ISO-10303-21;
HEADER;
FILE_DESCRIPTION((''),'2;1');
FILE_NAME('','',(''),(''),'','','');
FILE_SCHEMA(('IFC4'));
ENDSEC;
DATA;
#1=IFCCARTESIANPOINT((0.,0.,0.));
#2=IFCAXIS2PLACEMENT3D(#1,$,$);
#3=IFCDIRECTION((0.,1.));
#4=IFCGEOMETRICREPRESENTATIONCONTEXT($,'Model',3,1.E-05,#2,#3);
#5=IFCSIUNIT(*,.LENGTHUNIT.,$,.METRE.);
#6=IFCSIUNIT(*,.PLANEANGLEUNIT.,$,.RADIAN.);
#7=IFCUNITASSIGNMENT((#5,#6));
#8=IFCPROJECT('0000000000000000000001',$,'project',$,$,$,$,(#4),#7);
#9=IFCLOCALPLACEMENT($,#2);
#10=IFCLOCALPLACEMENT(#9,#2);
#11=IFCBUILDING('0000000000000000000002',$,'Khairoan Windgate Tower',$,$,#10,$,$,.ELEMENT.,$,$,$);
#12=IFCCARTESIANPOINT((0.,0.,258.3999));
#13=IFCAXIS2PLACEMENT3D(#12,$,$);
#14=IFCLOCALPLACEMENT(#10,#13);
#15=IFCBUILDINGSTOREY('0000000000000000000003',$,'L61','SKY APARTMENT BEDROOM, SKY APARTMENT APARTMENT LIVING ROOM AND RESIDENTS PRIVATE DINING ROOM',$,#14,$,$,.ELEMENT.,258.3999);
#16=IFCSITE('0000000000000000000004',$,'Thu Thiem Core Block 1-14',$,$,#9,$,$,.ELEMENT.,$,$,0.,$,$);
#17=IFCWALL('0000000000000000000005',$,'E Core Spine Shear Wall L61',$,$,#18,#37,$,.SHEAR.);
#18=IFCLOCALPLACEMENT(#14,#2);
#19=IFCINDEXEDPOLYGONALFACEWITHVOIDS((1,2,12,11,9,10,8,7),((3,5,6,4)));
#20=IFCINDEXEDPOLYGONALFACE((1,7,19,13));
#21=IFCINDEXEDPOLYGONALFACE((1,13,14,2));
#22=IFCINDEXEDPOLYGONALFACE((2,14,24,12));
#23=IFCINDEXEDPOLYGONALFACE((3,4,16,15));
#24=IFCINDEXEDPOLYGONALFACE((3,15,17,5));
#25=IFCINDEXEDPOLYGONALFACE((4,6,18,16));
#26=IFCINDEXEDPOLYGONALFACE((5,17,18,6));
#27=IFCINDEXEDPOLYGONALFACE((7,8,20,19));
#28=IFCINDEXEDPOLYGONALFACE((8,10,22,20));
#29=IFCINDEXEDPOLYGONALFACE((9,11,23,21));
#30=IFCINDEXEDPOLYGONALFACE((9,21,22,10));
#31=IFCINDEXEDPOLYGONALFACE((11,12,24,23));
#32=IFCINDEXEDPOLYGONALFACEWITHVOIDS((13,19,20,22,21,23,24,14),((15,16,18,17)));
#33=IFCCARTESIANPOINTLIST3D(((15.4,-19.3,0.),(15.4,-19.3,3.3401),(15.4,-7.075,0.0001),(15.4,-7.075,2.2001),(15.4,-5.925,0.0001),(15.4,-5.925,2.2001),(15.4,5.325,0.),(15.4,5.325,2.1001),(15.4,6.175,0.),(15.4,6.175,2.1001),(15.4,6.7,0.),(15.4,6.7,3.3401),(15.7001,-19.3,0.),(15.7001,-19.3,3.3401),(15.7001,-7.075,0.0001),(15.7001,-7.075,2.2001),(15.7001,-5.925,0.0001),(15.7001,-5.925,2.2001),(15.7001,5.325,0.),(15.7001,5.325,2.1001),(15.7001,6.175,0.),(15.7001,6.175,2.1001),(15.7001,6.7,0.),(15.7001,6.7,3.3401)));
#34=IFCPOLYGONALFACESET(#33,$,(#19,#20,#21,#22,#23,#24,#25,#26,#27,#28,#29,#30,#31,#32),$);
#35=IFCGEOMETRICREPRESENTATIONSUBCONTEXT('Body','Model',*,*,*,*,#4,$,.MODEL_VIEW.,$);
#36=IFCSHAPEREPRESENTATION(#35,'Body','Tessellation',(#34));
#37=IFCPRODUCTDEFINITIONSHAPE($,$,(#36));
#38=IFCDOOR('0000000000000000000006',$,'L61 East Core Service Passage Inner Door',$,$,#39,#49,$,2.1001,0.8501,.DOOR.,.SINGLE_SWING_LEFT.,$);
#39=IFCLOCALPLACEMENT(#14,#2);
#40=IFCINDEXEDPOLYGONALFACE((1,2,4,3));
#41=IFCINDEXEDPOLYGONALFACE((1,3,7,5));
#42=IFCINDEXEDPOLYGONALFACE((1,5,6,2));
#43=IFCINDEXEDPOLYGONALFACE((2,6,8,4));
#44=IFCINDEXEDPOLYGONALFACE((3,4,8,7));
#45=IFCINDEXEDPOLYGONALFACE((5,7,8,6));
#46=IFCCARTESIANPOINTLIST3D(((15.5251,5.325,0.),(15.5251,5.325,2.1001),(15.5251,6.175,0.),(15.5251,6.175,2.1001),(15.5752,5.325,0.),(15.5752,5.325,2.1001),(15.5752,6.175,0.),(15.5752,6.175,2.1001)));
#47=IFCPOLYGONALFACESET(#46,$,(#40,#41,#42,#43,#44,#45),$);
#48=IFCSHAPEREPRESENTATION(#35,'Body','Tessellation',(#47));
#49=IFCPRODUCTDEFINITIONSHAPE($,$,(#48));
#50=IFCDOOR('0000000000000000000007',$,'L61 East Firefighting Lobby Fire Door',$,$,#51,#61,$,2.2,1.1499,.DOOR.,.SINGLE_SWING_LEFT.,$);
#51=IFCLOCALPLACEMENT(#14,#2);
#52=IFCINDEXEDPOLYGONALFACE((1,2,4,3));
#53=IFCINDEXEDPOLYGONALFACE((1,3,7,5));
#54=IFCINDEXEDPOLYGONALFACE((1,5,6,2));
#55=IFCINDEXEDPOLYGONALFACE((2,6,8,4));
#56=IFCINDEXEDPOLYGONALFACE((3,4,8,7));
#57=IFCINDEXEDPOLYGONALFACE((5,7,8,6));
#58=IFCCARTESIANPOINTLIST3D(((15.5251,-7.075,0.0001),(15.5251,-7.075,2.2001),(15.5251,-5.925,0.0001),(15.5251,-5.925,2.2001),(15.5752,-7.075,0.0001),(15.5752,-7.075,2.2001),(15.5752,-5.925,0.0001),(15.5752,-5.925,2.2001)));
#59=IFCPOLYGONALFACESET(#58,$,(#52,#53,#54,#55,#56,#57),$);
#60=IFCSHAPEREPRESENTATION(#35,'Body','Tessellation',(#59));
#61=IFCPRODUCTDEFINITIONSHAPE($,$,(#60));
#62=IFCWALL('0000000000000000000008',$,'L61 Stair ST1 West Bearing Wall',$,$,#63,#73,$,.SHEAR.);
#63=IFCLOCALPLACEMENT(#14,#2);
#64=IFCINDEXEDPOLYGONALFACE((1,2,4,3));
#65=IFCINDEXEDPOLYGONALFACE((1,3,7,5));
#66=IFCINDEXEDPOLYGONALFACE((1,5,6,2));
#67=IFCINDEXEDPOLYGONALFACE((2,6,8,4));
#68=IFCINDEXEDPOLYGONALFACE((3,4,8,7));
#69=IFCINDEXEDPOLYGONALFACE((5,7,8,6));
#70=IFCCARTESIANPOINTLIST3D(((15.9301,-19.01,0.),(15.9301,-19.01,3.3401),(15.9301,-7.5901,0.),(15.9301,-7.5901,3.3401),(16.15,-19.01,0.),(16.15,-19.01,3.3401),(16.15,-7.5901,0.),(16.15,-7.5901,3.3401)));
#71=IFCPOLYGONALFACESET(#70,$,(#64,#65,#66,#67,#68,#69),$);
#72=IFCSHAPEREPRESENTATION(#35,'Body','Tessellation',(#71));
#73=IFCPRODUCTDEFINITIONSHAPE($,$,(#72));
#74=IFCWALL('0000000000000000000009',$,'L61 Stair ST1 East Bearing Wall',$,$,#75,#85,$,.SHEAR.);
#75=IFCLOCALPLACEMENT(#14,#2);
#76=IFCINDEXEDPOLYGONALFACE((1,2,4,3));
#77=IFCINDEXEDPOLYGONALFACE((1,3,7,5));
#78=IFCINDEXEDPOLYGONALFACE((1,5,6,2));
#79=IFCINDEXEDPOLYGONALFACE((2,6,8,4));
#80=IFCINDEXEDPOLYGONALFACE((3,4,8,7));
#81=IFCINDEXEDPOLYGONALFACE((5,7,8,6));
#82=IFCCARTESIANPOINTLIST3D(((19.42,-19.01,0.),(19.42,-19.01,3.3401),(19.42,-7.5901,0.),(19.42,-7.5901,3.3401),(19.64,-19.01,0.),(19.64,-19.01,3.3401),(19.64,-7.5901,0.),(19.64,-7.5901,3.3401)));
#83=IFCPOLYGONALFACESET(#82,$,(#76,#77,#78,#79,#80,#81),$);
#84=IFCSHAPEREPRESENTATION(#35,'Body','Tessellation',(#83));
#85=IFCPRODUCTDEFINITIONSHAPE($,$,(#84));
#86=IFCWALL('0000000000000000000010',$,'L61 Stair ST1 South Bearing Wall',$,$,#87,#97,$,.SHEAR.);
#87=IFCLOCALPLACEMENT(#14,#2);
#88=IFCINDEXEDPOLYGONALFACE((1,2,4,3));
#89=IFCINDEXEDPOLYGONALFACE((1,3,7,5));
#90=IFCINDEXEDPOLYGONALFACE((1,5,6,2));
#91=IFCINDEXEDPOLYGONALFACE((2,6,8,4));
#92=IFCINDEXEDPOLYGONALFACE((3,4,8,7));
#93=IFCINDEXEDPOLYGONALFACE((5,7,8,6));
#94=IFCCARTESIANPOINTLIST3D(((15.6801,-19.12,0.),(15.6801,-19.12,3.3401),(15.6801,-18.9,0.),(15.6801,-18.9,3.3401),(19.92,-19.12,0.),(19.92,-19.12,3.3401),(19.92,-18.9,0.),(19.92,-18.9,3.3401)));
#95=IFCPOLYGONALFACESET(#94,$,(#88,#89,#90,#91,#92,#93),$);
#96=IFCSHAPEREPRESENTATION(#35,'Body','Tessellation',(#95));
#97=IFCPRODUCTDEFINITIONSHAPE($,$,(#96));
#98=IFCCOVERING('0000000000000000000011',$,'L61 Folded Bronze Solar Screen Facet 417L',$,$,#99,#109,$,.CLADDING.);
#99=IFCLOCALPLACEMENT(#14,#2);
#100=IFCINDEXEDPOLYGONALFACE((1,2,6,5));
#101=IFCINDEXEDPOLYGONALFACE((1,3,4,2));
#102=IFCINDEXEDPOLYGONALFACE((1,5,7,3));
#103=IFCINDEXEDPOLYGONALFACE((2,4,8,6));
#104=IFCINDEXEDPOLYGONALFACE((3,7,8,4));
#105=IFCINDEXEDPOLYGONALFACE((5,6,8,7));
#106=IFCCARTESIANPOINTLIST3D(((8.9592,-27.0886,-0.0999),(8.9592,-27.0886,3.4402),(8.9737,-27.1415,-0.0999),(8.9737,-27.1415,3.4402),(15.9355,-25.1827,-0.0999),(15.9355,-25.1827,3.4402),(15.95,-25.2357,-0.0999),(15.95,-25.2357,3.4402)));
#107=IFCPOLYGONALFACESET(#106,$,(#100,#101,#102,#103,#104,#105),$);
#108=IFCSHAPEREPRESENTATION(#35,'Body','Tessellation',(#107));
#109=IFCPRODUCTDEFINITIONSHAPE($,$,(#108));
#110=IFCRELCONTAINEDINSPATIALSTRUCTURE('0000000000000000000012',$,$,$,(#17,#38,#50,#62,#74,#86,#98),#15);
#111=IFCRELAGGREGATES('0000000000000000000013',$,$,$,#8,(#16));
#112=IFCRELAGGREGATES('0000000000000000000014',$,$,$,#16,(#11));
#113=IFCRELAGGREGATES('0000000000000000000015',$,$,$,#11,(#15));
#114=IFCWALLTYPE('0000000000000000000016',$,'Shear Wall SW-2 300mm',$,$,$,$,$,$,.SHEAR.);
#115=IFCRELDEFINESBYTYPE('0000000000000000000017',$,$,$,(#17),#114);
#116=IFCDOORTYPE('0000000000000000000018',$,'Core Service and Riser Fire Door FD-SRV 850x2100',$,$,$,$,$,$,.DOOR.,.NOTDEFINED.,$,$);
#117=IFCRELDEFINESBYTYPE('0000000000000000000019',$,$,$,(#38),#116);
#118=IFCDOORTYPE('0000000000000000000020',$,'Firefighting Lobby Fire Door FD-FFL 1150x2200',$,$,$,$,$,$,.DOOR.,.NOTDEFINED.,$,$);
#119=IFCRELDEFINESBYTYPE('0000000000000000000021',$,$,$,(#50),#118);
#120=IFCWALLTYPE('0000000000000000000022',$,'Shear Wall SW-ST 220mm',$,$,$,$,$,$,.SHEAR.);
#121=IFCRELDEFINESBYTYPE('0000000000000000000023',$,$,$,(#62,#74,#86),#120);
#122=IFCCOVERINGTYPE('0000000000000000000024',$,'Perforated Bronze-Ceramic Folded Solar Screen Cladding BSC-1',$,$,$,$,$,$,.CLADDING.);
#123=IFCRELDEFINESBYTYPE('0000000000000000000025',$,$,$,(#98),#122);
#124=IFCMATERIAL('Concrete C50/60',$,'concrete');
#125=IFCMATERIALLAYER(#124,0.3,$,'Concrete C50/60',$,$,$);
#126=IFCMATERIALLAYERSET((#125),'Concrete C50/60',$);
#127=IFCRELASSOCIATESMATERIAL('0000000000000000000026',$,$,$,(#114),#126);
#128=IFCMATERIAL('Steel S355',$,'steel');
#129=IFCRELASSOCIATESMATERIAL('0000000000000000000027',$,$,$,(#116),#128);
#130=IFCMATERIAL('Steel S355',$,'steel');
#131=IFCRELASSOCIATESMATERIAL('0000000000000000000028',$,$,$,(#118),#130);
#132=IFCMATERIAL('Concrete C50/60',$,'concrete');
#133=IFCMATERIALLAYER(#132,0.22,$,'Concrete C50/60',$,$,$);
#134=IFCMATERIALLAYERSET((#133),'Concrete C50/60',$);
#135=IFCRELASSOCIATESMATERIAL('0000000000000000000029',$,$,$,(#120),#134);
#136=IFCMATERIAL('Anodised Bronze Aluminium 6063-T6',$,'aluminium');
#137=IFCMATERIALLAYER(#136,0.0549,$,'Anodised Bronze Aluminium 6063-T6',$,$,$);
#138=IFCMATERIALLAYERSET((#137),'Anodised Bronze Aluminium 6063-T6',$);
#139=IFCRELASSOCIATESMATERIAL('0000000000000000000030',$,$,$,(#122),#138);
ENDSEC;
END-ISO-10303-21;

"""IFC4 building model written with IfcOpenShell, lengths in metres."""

from ifc_helpers import new_model, si_unit, direction, frame, frame_2d, origin, origin_2d, place, context, subcontext, project, spatial, rectangle, extrude, material, layer, layer_set, type_object, element, fill, save


model = new_model("IFC4")

# Units and contexts
model_context = context("Model", 3, precision=1e-05, world=origin(), true_north=direction((0.0, 1.0)))
body_context = subcontext(model_context, "Body", "Model", "MODEL_VIEW")
ifc_project = project(units=[si_unit("LENGTHUNIT", "METRE"), si_unit("PLANEANGLEUNIT", "RADIAN")], contexts=[model_context])

# Site, building, storey
site_placement = place(None, origin())
site = spatial("IfcSite", under=ifc_project, at=site_placement, Name="Thu Thiem Core Block 1-14", CompositionType="ELEMENT", RefElevation=0.0)
building_placement = place(site_placement, origin())
building = spatial("IfcBuilding", under=site, at=building_placement, Name="Khairoan Windgate Tower", CompositionType="ELEMENT")
storey_placement = place(building_placement, frame((0.0, 0.0, 258.3999)))
storey = spatial("IfcBuildingStorey", under=building, at=storey_placement, Name="L61", Description="SKY APARTMENT BEDROOM, SKY APARTMENT APARTMENT LIVING ROOM AND RESIDENTS PRIVATE DINING ROOM", CompositionType="ELEMENT", Elevation=258.3999)

# Wall, openings, doors
ifc_material_1 = material(Name="Concrete C50/60", Category="concrete")
ifc_layer_1 = layer(ifc_material_1, 0.3, Name="Concrete C50/60")
ifc_layer_set_1 = layer_set([ifc_layer_1], Name="Concrete C50/60")
wall_type_1 = type_object("IfcWallType", Name="Shear Wall SW-2 300mm", PredefinedType="SHEAR", material=ifc_layer_set_1)
wall_1_placement = place(storey_placement, frame((15.55, -19.3, 0.0), z_axis=(0.0, 0.0, 1.0), x_axis=(0.0, 1.0, 0.0)))
wall_1 = element("IfcWall", 1, at=wall_1_placement, inside=storey, type_object=wall_type_1, Name="E Core Spine Shear Wall L61", PredefinedType="SHEAR", context=body_context, shape_type="SweptSolid", body=[
    extrude(rectangle(XDim=26.0, YDim=0.3, at=frame_2d((13.0, 0.0))), origin(), (0.0, 0.0, 1.0), 3.3401),
])
opening_1_placement = place(wall_1_placement, frame((12.2251, 0.0, 0.0)))
opening_1 = element("IfcOpeningElement", 2, at=opening_1_placement, cuts=wall_1, PredefinedType="OPENING", context=body_context, shape_type="SweptSolid", body=[
    extrude(rectangle(XDim=1.1499, YDim=2.2, at=frame_2d((0.575, 1.1001))), frame((0.0, 0.1599, 0.0), z_axis=(0.0, -1.0, 0.0), x_axis=(1.0, 0.0, 0.0)), (0.0, 0.0, 1.0), 0.3201),
])
opening_2_placement = place(wall_1_placement, frame((24.625, 0.0, 0.0)))
opening_2 = element("IfcOpeningElement", 3, at=opening_2_placement, cuts=wall_1, PredefinedType="OPENING", context=body_context, shape_type="SweptSolid", body=[
    extrude(rectangle(XDim=0.8501, YDim=2.1001, at=frame_2d((0.425, 1.05))), frame((0.0, 0.1599, 0.0), z_axis=(0.0, -1.0, 0.0), x_axis=(1.0, 0.0, 0.0)), (0.0, 0.0, 1.0), 0.3201),
])
ifc_material_2 = material(Name="Steel S355", Category="steel")
door_type_1 = type_object("IfcDoorType", Name="Core Service and Riser Fire Door FD-SRV 850x2100", OperationType="NOTDEFINED", PredefinedType="DOOR", material=ifc_material_2)
door_1_placement = place(opening_2_placement, origin())
door_1 = element("IfcDoor", 4, at=door_1_placement, inside=storey, type_object=door_type_1, Name="L61 East Core Service Passage Inner Door", OperationType="SINGLE_SWING_LEFT", OverallHeight=2.1001, OverallWidth=0.8501, PredefinedType="DOOR", context=body_context, shape_type="SweptSolid", body=[
    extrude(rectangle(XDim=0.8501, YDim=2.1001, at=frame_2d((0.425, 1.05))), frame((0.0, 0.0249, 0.0), z_axis=(0.0, -1.0, 0.0), x_axis=(1.0, 0.0, 0.0)), (0.0, 0.0, 1.0), 0.05),
])
fill(opening_2, door_1)
ifc_material_3 = material(Name="Steel S355", Category="steel")
door_type_2 = type_object("IfcDoorType", Name="Firefighting Lobby Fire Door FD-FFL 1150x2200", OperationType="NOTDEFINED", PredefinedType="DOOR", material=ifc_material_3)
door_2_placement = place(opening_1_placement, origin())
door_2 = element("IfcDoor", 5, at=door_2_placement, inside=storey, type_object=door_type_2, Name="L61 East Firefighting Lobby Fire Door", OperationType="SINGLE_SWING_LEFT", OverallHeight=2.2, OverallWidth=1.1499, PredefinedType="DOOR", context=body_context, shape_type="SweptSolid", body=[
    extrude(rectangle(XDim=1.1499, YDim=2.2, at=frame_2d((0.575, 1.1001))), frame((0.0, 0.0249, 0.0), z_axis=(0.0, -1.0, 0.0), x_axis=(1.0, 0.0, 0.0)), (0.0, 0.0, 1.0), 0.05),
])
fill(opening_1, door_2)

# Walls
ifc_material_4 = material(Name="Concrete C50/60", Category="concrete")
ifc_layer_2 = layer(ifc_material_4, 0.22, Name="Concrete C50/60")
ifc_layer_set_2 = layer_set([ifc_layer_2], Name="Concrete C50/60")
wall_type_2 = type_object("IfcWallType", Name="Shear Wall SW-ST 220mm", PredefinedType="SHEAR", material=ifc_layer_set_2)
for number, where, z_axis, x_axis, name in (
    (6, (16.04, -19.01, 0.0), (0.0, 0.0, 1.0), (0.0, 1.0, 0.0), "L61 Stair ST1 West Bearing Wall"),
    (7, (19.53, -19.01, 0.0), (0.0, 0.0, 1.0), (0.0, 1.0, 0.0), "L61 Stair ST1 East Bearing Wall"),
):
    element("IfcWall", number, at=place(storey_placement, frame(where, z_axis=z_axis, x_axis=x_axis)), inside=storey, type_object=wall_type_2, Name=name, PredefinedType="SHEAR", context=body_context, shape_type="SweptSolid", body=[
        extrude(rectangle(XDim=11.4199, YDim=0.22, at=frame_2d((5.71, 0.0))), origin(), (0.0, 0.0, 1.0), 3.3401),
    ])
wall_2_placement = place(storey_placement, frame((15.6799, -19.01, 0.0), z_axis=(0.0, 0.0, 1.0), x_axis=(1.0, 0.0, 0.0)))
element("IfcWall", 8, at=wall_2_placement, inside=storey, type_object=wall_type_2, Name="L61 Stair ST1 South Bearing Wall", PredefinedType="SHEAR", context=body_context, shape_type="SweptSolid", body=[
    extrude(rectangle(XDim=4.24, YDim=0.22, at=frame_2d((2.1201, 0.0))), origin(), (0.0, 0.0, 1.0), 3.3401),
])

# Covering
ifc_material_5 = material(Name="Anodised Bronze Aluminium 6063-T6", Category="aluminium")
ifc_layer_3 = layer(ifc_material_5, 0.0549, Name="Anodised Bronze Aluminium 6063-T6")
ifc_layer_set_3 = layer_set([ifc_layer_3], Name="Anodised Bronze Aluminium 6063-T6")
covering_type = type_object("IfcCoveringType", Name="Perforated Bronze-Ceramic Folded Solar Screen Cladding BSC-1", PredefinedType="CLADDING", material=ifc_layer_set_3)
covering_placement = place(storey_placement, frame((12.4546, -26.1621, -0.0999), z_axis=(0.0, 0.0, 1.0), x_axis=(-0.964649, -0.263536, 0.0)))
element("IfcCovering", 9, at=covering_placement, inside=storey, type_object=covering_type, Name="L61 Folded Bronze Solar Screen Facet 417L", PredefinedType="CLADDING", context=body_context, shape_type="SweptSolid", body=[
    extrude(rectangle(XDim=7.2319, YDim=0.0549, at=origin_2d()), origin(), (0.0, 0.0, 1.0), 3.54),
])

save(model, "model.ifc")
